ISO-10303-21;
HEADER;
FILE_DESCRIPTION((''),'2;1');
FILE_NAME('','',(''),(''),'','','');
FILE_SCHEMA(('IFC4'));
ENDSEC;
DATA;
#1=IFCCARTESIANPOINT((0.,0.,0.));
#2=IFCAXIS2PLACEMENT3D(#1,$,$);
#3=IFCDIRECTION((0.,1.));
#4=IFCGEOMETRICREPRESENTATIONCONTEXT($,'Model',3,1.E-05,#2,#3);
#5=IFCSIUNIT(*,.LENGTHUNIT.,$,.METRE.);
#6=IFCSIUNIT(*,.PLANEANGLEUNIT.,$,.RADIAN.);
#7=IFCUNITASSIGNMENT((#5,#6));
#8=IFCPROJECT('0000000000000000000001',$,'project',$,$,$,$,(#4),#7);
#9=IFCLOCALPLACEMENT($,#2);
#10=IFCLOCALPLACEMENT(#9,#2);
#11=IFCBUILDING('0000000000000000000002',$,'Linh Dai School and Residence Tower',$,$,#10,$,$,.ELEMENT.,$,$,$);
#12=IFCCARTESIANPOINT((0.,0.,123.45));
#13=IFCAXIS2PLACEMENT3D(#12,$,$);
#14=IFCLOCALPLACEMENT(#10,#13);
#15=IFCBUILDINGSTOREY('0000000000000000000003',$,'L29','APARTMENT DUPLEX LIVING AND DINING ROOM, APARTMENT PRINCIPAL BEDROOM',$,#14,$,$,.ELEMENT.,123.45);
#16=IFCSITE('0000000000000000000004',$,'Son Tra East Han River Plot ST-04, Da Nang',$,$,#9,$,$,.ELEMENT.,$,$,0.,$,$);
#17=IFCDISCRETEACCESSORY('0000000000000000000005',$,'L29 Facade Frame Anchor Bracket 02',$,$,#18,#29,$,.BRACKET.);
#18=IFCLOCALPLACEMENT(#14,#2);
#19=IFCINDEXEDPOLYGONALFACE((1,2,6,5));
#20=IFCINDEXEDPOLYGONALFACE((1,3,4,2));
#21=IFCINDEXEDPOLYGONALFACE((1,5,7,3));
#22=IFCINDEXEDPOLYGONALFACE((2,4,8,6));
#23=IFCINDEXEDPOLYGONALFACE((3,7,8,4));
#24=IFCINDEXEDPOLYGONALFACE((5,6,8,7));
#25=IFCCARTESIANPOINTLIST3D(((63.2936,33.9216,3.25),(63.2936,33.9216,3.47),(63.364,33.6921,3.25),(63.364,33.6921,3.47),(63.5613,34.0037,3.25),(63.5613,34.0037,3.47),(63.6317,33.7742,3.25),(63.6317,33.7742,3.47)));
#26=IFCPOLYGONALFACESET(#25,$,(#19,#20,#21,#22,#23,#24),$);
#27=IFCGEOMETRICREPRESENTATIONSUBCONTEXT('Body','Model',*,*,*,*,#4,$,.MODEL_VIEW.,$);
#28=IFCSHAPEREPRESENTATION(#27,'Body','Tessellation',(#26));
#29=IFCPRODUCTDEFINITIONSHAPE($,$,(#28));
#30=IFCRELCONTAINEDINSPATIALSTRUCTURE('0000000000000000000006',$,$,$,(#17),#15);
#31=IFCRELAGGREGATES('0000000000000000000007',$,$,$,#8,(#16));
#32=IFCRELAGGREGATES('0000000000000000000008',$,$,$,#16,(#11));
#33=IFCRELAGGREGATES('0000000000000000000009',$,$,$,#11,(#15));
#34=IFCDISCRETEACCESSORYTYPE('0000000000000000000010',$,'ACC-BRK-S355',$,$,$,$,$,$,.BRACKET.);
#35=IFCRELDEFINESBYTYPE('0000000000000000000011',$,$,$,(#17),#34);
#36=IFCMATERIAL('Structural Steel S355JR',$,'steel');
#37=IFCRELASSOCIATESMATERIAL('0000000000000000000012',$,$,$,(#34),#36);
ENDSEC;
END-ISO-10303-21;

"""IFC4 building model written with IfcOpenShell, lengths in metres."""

from ifc_helpers import new_model, si_unit, direction, frame, origin, origin_2d, place, context, subcontext, project, spatial, rectangle, extrude, source, transform, mapped, material, type_object, element, save


model = new_model("IFC4")

# Units and contexts
model_context = context("Model", 3, precision=1e-05, world=origin(), true_north=direction((0.0, 1.0)))
body_context = subcontext(model_context, "Body", "Model", "MODEL_VIEW")
ifc_project = project(units=[si_unit("LENGTHUNIT", "METRE"), si_unit("PLANEANGLEUNIT", "RADIAN")], contexts=[model_context])

# Site, building, storey
site_placement = place(None, origin())
site = spatial("IfcSite", under=ifc_project, at=site_placement, Name="Son Tra East Han River Plot ST-04, Da Nang", CompositionType="ELEMENT", RefElevation=0.0)
building_placement = place(site_placement, origin())
building = spatial("IfcBuilding", under=site, at=building_placement, Name="Linh Dai School and Residence Tower", CompositionType="ELEMENT")
storey_placement = place(building_placement, frame((0.0, 0.0, 123.45)))
storey = spatial("IfcBuildingStorey", under=building, at=storey_placement, Name="L29", Description="APARTMENT DUPLEX LIVING AND DINING ROOM, APARTMENT PRINCIPAL BEDROOM", CompositionType="ELEMENT", Elevation=123.45)

# Shared definitions
ifc_material_1 = material(Name="Structural Steel S355JR", Category="steel")

# Discrete accessory
discrete_accessory_type = type_object("IfcDiscreteAccessoryType", Name="ACC-BRK-S355", PredefinedType="BRACKET", material=ifc_material_1)
shared_shape_1 = source(origin(), body_context, "Body", "SweptSolid", [
    extrude(rectangle(XDim=0.28, YDim=0.24, at=origin_2d()), origin(), (0.0, 0.0, 1.0), 0.22),
])
discrete_accessory_placement = place(storey_placement, frame((63.4626, 33.8479, 3.25), z_axis=(0.0, 0.0, 1.0), x_axis=(0.956072, 0.293134, 0.0)))
element("IfcDiscreteAccessory", 1, at=discrete_accessory_placement, inside=storey, type_object=discrete_accessory_type, Name="L29 Facade Frame Anchor Bracket 02", PredefinedType="BRACKET", context=body_context, shape_type="MappedRepresentation", body=[
    mapped(shared_shape_1, transform((0.0, 0.0, 0.0), x_axis=(1.0, 0.0, 0.0), y_axis=(0.0, 1.0, 0.0), z_axis=(0.0, 0.0, 1.0), scale=1.0)),
])

save(model, "model.ifc")
